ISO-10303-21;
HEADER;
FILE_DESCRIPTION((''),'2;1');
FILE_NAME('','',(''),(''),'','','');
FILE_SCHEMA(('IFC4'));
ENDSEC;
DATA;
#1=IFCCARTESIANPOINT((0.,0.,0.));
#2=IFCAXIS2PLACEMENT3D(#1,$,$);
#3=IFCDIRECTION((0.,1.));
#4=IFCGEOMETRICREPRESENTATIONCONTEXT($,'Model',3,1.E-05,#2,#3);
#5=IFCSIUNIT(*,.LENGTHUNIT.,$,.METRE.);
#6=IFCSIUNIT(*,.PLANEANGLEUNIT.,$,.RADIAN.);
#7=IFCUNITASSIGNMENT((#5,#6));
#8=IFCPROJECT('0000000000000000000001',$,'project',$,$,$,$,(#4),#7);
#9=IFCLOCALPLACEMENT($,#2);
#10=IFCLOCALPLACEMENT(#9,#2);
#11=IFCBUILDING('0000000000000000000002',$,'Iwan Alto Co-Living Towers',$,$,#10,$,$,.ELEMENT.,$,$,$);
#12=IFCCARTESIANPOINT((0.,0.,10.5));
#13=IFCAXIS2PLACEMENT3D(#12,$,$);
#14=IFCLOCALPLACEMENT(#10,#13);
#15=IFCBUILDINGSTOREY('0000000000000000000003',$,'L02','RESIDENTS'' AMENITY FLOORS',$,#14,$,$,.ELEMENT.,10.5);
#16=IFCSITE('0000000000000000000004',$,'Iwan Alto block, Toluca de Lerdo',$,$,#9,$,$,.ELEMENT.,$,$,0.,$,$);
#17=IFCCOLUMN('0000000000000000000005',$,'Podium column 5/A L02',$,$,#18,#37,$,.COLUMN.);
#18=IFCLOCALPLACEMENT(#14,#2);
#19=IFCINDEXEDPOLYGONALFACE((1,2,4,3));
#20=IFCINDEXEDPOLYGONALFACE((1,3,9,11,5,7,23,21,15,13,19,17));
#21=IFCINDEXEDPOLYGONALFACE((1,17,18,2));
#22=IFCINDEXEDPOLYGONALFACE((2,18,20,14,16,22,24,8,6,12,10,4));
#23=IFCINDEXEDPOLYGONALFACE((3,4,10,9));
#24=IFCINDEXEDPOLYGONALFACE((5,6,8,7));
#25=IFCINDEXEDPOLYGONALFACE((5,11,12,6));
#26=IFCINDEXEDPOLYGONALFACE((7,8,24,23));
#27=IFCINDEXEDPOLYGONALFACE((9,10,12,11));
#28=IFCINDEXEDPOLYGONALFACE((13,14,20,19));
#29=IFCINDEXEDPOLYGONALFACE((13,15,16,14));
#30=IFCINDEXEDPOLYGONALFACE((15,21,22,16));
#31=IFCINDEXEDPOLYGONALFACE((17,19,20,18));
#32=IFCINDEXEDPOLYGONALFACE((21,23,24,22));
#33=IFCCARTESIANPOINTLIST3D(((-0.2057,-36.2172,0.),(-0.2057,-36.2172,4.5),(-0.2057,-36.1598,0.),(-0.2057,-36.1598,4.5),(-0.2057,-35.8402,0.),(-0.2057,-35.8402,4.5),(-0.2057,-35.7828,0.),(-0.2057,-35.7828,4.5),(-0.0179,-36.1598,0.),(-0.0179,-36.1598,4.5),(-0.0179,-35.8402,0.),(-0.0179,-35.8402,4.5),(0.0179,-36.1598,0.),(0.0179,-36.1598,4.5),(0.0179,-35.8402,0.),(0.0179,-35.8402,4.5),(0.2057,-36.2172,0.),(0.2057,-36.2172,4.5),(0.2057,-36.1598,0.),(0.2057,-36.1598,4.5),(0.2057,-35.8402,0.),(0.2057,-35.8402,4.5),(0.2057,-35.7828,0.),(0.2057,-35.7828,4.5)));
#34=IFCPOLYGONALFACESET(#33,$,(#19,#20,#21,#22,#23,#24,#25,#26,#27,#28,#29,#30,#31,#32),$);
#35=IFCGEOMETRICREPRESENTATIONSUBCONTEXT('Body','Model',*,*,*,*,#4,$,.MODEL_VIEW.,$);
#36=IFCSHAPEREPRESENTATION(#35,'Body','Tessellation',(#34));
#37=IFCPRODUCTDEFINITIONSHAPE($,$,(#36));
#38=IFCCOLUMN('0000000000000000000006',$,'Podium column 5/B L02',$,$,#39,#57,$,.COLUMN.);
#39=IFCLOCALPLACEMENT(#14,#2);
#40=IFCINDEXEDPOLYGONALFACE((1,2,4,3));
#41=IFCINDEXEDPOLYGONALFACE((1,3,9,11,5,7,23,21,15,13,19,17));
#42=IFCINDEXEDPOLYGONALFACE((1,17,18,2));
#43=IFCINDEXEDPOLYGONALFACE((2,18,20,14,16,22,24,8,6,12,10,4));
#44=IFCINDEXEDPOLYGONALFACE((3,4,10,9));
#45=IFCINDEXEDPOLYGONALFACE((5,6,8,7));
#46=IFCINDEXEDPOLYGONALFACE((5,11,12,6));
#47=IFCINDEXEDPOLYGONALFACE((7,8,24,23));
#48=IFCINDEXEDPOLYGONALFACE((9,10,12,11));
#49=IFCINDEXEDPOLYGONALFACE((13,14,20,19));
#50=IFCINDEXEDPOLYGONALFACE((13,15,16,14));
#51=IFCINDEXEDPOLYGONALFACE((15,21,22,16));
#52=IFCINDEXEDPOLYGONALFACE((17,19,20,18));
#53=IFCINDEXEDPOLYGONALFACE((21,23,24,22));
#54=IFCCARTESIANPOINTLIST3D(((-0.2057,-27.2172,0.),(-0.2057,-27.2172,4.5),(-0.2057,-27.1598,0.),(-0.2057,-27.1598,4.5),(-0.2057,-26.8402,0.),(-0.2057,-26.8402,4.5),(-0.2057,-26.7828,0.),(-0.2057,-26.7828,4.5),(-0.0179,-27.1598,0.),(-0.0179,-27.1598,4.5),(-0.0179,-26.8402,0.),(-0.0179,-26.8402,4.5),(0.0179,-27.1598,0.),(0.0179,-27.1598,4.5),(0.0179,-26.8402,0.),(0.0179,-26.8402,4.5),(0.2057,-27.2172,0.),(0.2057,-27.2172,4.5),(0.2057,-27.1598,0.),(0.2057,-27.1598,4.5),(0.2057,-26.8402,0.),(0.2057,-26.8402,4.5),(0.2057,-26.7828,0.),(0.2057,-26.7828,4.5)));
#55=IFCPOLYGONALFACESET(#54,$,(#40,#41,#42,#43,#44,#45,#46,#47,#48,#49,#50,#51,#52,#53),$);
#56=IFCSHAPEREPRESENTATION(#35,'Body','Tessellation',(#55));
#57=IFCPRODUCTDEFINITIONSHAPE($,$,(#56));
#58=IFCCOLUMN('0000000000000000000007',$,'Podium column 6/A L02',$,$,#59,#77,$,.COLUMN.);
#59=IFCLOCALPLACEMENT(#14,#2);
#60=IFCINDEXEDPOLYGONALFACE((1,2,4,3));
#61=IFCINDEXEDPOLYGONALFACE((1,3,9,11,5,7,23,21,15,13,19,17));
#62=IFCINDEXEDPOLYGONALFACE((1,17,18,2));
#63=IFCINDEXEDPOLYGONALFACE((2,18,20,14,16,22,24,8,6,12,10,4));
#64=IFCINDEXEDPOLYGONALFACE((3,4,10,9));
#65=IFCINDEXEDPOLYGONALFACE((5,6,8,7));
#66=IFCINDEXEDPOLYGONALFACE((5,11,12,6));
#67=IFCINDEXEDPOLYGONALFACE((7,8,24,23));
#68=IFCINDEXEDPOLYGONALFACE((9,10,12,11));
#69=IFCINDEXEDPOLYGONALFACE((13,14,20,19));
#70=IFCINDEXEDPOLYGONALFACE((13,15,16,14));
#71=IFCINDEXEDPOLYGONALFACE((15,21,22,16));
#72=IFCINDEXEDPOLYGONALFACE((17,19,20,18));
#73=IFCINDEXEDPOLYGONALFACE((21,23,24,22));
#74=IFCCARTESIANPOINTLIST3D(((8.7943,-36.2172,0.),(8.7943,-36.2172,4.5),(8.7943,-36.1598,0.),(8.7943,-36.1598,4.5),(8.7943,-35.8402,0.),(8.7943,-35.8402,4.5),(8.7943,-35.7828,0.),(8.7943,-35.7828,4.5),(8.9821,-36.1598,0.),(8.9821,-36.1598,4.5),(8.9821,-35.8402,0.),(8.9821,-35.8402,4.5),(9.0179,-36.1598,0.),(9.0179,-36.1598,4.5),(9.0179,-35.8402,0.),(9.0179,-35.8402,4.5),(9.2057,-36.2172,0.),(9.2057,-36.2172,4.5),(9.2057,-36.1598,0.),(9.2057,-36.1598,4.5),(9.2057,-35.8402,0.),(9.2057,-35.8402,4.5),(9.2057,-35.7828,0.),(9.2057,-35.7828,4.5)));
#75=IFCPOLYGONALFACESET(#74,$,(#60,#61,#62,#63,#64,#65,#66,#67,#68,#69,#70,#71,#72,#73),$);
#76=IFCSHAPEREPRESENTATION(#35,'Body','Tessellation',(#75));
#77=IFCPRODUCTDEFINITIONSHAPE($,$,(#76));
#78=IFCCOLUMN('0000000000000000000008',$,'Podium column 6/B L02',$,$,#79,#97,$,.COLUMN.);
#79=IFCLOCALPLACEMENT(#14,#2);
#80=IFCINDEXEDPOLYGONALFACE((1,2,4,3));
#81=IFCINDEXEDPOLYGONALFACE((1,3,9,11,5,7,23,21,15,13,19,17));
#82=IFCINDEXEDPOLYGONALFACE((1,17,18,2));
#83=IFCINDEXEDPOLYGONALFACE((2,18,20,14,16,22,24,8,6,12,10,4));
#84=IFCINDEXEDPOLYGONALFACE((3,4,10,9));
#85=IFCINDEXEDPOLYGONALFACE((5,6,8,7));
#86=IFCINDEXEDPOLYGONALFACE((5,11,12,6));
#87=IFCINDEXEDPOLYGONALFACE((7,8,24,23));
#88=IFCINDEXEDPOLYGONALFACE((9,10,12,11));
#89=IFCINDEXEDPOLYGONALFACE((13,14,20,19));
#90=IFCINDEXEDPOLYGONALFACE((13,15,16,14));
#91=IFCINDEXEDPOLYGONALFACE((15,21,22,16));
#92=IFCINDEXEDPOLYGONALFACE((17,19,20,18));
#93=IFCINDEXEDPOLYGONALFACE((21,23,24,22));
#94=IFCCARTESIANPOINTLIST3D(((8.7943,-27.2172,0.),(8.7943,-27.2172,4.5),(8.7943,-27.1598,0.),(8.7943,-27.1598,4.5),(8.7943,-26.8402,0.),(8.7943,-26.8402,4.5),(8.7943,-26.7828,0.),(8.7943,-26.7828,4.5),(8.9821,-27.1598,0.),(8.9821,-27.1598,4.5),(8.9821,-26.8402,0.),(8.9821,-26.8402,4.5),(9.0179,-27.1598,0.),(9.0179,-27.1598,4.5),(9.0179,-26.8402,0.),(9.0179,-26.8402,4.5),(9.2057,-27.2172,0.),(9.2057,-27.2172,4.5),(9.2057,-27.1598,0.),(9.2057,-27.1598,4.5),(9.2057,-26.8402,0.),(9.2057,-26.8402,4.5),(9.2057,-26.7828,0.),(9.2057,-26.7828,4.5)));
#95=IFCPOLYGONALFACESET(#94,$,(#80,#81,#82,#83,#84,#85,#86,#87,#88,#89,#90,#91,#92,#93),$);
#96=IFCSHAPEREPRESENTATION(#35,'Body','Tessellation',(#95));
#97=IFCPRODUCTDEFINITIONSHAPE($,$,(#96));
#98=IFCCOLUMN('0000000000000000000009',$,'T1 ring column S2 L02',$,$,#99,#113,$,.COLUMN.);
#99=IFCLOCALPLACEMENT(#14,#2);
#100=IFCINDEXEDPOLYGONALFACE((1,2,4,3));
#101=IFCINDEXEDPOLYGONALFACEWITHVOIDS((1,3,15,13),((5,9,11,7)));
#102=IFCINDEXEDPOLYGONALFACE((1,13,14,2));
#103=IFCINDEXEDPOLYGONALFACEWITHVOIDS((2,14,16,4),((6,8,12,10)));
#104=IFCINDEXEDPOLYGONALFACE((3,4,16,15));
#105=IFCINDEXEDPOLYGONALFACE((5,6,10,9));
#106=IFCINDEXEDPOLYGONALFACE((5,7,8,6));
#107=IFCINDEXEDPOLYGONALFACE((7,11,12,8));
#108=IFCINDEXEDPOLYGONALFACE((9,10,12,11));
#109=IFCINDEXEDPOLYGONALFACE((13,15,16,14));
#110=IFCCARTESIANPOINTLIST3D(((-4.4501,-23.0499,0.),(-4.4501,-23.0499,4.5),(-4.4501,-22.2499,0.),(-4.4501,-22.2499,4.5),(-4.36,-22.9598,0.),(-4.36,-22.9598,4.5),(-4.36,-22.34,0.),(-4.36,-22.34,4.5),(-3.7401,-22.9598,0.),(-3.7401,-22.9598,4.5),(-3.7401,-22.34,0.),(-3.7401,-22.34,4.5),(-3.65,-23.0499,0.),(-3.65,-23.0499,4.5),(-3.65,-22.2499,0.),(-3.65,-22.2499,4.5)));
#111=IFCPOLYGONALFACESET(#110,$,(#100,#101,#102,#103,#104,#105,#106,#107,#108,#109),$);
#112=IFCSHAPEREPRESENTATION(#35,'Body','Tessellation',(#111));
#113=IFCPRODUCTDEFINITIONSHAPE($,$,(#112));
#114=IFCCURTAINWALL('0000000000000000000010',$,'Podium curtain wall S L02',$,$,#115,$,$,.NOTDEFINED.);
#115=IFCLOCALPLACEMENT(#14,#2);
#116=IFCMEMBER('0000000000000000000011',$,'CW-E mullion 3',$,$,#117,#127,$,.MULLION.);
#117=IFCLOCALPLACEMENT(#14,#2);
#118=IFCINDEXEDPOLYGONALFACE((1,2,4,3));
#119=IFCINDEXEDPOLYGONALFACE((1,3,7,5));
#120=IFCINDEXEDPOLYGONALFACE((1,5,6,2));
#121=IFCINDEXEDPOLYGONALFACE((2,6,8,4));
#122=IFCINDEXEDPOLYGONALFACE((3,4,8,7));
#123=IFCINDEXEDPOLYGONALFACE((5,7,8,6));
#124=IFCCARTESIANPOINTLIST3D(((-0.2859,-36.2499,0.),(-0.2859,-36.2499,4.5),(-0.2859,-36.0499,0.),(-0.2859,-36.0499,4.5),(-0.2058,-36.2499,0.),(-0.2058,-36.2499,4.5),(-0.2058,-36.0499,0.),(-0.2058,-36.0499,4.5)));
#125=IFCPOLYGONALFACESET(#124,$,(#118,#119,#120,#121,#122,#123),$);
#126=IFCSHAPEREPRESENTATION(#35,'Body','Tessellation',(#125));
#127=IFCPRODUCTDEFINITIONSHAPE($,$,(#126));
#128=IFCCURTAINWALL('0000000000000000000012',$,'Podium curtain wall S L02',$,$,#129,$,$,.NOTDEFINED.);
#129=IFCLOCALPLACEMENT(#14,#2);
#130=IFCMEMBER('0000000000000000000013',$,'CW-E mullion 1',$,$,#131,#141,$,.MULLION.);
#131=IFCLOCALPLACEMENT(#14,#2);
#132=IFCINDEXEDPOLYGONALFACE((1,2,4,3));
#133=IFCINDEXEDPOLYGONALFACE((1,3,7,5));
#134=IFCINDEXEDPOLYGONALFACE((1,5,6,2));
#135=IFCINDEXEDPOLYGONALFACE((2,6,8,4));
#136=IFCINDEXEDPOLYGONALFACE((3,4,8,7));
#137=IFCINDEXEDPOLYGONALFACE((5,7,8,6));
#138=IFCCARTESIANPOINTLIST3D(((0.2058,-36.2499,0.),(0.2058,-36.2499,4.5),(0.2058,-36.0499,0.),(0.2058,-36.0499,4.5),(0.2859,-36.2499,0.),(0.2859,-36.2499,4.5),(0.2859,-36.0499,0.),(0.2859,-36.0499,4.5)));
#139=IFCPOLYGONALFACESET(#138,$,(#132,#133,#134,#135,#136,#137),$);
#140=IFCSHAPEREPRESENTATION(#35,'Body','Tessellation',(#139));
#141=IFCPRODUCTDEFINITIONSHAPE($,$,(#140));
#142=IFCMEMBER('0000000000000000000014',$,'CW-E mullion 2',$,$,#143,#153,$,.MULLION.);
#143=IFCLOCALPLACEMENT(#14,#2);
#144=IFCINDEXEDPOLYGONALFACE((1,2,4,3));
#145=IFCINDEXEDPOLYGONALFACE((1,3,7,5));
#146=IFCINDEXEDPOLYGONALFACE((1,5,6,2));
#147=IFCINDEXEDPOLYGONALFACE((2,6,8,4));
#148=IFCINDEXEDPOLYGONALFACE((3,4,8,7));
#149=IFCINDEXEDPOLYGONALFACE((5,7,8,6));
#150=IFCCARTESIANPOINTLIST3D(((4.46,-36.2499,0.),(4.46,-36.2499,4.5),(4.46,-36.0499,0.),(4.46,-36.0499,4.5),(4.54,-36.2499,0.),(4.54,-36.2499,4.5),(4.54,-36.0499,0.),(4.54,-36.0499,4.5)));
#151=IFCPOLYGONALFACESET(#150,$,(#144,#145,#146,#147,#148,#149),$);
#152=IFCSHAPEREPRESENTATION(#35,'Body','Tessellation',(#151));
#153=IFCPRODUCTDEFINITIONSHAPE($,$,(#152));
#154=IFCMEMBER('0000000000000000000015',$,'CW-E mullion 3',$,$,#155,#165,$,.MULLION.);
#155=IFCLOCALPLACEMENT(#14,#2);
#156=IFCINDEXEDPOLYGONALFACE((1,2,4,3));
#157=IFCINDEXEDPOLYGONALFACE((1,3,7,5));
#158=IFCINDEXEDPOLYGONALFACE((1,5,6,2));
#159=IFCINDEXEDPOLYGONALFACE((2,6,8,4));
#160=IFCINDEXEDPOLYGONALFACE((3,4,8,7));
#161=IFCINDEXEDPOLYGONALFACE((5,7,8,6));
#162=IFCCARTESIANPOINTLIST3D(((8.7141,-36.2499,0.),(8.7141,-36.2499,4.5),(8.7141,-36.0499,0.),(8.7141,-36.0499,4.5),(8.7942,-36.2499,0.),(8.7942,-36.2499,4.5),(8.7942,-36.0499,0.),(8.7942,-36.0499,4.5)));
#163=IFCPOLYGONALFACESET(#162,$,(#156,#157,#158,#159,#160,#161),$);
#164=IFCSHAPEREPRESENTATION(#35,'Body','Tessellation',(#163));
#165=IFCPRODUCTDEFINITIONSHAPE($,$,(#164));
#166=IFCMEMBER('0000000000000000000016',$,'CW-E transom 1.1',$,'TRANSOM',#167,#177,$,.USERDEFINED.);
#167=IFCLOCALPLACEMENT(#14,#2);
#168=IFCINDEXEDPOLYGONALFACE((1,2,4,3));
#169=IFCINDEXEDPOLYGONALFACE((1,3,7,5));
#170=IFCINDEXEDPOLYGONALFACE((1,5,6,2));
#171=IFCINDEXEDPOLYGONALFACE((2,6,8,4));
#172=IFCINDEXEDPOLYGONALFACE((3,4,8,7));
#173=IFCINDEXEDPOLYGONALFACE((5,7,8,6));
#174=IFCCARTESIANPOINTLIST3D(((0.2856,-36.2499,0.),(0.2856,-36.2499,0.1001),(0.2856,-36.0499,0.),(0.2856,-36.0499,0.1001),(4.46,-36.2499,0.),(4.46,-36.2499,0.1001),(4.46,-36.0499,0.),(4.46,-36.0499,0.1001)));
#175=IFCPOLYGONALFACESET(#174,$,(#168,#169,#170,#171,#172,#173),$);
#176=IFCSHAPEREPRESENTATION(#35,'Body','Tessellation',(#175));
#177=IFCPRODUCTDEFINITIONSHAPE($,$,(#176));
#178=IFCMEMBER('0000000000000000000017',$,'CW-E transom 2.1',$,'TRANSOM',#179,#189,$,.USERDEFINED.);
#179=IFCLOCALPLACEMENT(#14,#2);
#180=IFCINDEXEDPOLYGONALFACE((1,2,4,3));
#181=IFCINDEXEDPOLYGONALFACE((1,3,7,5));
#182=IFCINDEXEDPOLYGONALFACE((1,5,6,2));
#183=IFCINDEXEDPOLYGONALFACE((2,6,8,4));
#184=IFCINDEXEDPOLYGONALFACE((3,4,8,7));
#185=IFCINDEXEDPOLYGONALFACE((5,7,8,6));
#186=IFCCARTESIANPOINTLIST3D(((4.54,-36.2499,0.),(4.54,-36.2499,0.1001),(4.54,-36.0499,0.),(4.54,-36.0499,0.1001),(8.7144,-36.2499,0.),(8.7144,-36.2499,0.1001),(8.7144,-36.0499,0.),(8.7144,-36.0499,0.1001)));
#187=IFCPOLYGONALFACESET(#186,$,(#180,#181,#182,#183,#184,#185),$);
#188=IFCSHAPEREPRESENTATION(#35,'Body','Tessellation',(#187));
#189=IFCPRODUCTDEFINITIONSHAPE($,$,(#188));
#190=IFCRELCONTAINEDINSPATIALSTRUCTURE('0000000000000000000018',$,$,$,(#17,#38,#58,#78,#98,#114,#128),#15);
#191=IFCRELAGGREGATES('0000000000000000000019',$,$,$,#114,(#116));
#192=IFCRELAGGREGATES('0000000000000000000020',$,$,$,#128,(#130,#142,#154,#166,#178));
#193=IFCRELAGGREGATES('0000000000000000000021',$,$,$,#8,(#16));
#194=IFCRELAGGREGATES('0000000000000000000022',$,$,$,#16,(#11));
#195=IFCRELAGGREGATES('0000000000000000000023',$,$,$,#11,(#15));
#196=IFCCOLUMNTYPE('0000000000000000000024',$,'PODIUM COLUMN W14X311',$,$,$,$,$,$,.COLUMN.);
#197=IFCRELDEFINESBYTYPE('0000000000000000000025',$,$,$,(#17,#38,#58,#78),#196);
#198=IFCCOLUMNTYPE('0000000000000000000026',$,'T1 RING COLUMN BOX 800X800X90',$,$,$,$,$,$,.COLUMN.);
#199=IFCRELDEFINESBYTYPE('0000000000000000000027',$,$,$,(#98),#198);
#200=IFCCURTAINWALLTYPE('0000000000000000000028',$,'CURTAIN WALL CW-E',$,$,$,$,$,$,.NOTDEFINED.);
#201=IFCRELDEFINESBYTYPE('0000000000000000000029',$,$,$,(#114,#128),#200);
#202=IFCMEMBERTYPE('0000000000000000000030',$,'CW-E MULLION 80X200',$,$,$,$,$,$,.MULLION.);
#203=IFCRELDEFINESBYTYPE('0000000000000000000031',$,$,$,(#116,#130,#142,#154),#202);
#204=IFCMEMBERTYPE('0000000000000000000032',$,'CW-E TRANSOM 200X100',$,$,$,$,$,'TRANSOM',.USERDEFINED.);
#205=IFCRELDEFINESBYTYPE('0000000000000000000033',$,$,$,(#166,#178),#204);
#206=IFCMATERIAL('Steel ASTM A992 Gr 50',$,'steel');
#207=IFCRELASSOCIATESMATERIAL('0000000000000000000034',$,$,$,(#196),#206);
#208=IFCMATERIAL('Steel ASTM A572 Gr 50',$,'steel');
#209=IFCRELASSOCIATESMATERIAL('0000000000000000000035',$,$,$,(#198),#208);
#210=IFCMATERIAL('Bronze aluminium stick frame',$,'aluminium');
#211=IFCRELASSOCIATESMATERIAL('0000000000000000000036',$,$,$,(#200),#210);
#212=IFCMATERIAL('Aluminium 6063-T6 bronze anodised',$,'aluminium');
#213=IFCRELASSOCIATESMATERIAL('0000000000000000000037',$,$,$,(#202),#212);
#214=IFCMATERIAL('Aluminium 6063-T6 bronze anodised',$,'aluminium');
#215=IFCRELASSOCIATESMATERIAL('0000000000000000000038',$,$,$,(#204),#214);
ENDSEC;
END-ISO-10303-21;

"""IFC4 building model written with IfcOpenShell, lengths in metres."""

from ifc_helpers import new_model, si_unit, direction, frame, origin, origin_2d, place, context, subcontext, project, spatial, rectangle, hollow_rectangle, i_section, extrude, material, material_profile, profile_set, type_object, element, aggregate, save


model = new_model("IFC4")

# Units and contexts
model_context = context("Model", 3, precision=1e-05, world=origin(), true_north=direction((0.0, 1.0)))
body_context = subcontext(model_context, "Body", "Model", "MODEL_VIEW")
ifc_project = project(units=[si_unit("LENGTHUNIT", "METRE"), si_unit("PLANEANGLEUNIT", "RADIAN")], contexts=[model_context])

# Site, building, storey
site_placement = place(None, origin())
site = spatial("IfcSite", under=ifc_project, at=site_placement, Name="Iwan Alto block, Toluca de Lerdo", CompositionType="ELEMENT", RefElevation=0.0)
building_placement = place(site_placement, origin())
building = spatial("IfcBuilding", under=site, at=building_placement, Name="Iwan Alto Co-Living Towers", CompositionType="ELEMENT")
storey_placement = place(building_placement, frame((0.0, 0.0, 10.5)))
storey = spatial("IfcBuildingStorey", under=building, at=storey_placement, Name="L02", Description="RESIDENTS' AMENITY FLOORS", CompositionType="ELEMENT", Elevation=10.5)

# Columns
ifc_material_1 = material(Name="Steel ASTM A992 Gr 50", Category="steel")
ifc_material_profile_1 = material_profile(ifc_material_1, i_section(OverallWidth=0.4114, OverallDepth=0.4343, WebThickness=0.0359, FlangeThickness=0.0574, at=origin_2d()), Name="W14X311")
ifc_profile_set_1 = profile_set([ifc_material_profile_1], Name="Steel ASTM A992 Gr 50")
column_type_1 = type_object("IfcColumnType", Name="PODIUM COLUMN W14X311", PredefinedType="COLUMN", material=ifc_profile_set_1)
for number, where, z_axis, x_axis, name in (
    (1, (0.0, -36.0, 0.0), (0.0, 0.0, 1.0), (1.0, 0.0, 0.0), "Podium column 5/A L02"),
    (2, (0.0, -27.0, 0.0), (0.0, 0.0, 1.0), (1.0, 0.0, 0.0), "Podium column 5/B L02"),
    (3, (9.0, -36.0, 0.0), (0.0, 0.0, 1.0), (1.0, 0.0, 0.0), "Podium column 6/A L02"),
    (4, (9.0, -27.0, 0.0), (0.0, 0.0, 1.0), (1.0, 0.0, 0.0), "Podium column 6/B L02"),
):
    element("IfcColumn", number, at=place(storey_placement, frame(where, z_axis=z_axis, x_axis=x_axis)), inside=storey, type_object=column_type_1, Name=name, PredefinedType="COLUMN", context=body_context, shape_type="SweptSolid", body=[
        extrude(i_section(OverallWidth=0.4114, OverallDepth=0.4343, WebThickness=0.0359, FlangeThickness=0.0574, at=origin_2d()), origin(), (0.0, 0.0, 1.0), 4.5),
    ])
ifc_material_2 = material(Name="Steel ASTM A572 Gr 50", Category="steel")
ifc_material_profile_2 = material_profile(ifc_material_2, hollow_rectangle(XDim=0.8, YDim=0.8, WallThickness=0.0901, at=origin_2d()), Name="BOX 800X800X90")
ifc_profile_set_2 = profile_set([ifc_material_profile_2], Name="Steel ASTM A572 Gr 50")
column_type_2 = type_object("IfcColumnType", Name="T1 RING COLUMN BOX 800X800X90", PredefinedType="COLUMN", material=ifc_profile_set_2)
column_placement = place(storey_placement, frame((-4.05, -22.6499, 0.0), z_axis=(0.0, 0.0, 1.0), x_axis=(1.0, 0.0, 0.0)))
element("IfcColumn", 5, at=column_placement, inside=storey, type_object=column_type_2, Name="T1 ring column S2 L02", PredefinedType="COLUMN", context=body_context, shape_type="SweptSolid", body=[
    extrude(hollow_rectangle(XDim=0.8, YDim=0.8, WallThickness=0.0901, at=origin_2d()), origin(), (0.0, 0.0, 1.0), 4.5),
])

# Curtain wall, member
ifc_material_3 = material(Name="Bronze aluminium stick frame", Category="aluminium")
curtain_wall_type = type_object("IfcCurtainWallType", Name="CURTAIN WALL CW-E", PredefinedType="NOTDEFINED", material=ifc_material_3)
curtain_wall_1_placement = place(storey_placement, origin())
curtain_wall_1 = element("IfcCurtainWall", 6, at=curtain_wall_1_placement, inside=storey, type_object=curtain_wall_type, Name="Podium curtain wall S L02", PredefinedType="NOTDEFINED")
ifc_material_4 = material(Name="Aluminium 6063-T6 bronze anodised", Category="aluminium")
ifc_material_profile_3 = material_profile(ifc_material_4, rectangle(XDim=0.2, YDim=0.0801, at=origin_2d()), Name="AL 80X200")
ifc_profile_set_3 = profile_set([ifc_material_profile_3], Name="Aluminium 6063-T6 bronze anodised")
member_type_1 = type_object("IfcMemberType", Name="CW-E MULLION 80X200", PredefinedType="MULLION", material=ifc_profile_set_3)
member_1_placement = place(storey_placement, frame((-0.2458, -36.1499, 0.0), z_axis=(0.0, 0.0, 1.0), x_axis=(0.0, 1.0, 0.0)))
member_1 = element("IfcMember", 7, at=member_1_placement, type_object=member_type_1, Name="CW-E mullion 3", PredefinedType="MULLION", context=body_context, shape_type="SweptSolid", body=[
    extrude(rectangle(XDim=0.2, YDim=0.0801, at=origin_2d()), origin(), (0.0, 0.0, 1.0), 4.5),
])

# Curtain wall, members
curtain_wall_2_placement = place(storey_placement, origin())
curtain_wall_2 = element("IfcCurtainWall", 8, at=curtain_wall_2_placement, inside=storey, type_object=curtain_wall_type, Name="Podium curtain wall S L02", PredefinedType="NOTDEFINED")
member_2_placement = place(storey_placement, frame((0.2458, -36.1499, 0.0), z_axis=(0.0, 0.0, 1.0), x_axis=(0.0, 1.0, 0.0)))
member_2 = element("IfcMember", 9, at=member_2_placement, type_object=member_type_1, Name="CW-E mullion 1", PredefinedType="MULLION", context=body_context, shape_type="SweptSolid", body=[
    extrude(rectangle(XDim=0.2, YDim=0.0801, at=origin_2d()), origin(), (0.0, 0.0, 1.0), 4.5),
])
member_3_placement = place(storey_placement, frame((4.5, -36.1499, 0.0), z_axis=(0.0, 0.0, 1.0), x_axis=(0.0, 1.0, 0.0)))
member_3 = element("IfcMember", 10, at=member_3_placement, type_object=member_type_1, Name="CW-E mullion 2", PredefinedType="MULLION", context=body_context, shape_type="SweptSolid", body=[
    extrude(rectangle(XDim=0.2, YDim=0.0801, at=origin_2d()), origin(), (0.0, 0.0, 1.0), 4.5),
])
member_4_placement = place(storey_placement, frame((8.7542, -36.1499, 0.0), z_axis=(0.0, 0.0, 1.0), x_axis=(0.0, 1.0, 0.0)))
member_4 = element("IfcMember", 11, at=member_4_placement, type_object=member_type_1, Name="CW-E mullion 3", PredefinedType="MULLION", context=body_context, shape_type="SweptSolid", body=[
    extrude(rectangle(XDim=0.2, YDim=0.0801, at=origin_2d()), origin(), (0.0, 0.0, 1.0), 4.5),
])
ifc_material_5 = material(Name="Aluminium 6063-T6 bronze anodised", Category="aluminium")
ifc_material_profile_4 = material_profile(ifc_material_5, rectangle(XDim=0.2, YDim=0.1001, at=origin_2d()), Name="AL 200X100")
ifc_profile_set_4 = profile_set([ifc_material_profile_4], Name="Aluminium 6063-T6 bronze anodised")
member_type_2 = type_object("IfcMemberType", Name="CW-E TRANSOM 200X100", ElementType="TRANSOM", PredefinedType="USERDEFINED", material=ifc_profile_set_4)
member_5_placement = place(storey_placement, frame((0.2856, -36.1499, 0.05), z_axis=(1.0, 0.0, 0.0), x_axis=(0.0, 1.0, 0.0)))
member_5 = element("IfcMember", 12, at=member_5_placement, type_object=member_type_2, Name="CW-E transom 1.1", ObjectType="TRANSOM", PredefinedType="USERDEFINED", context=body_context, shape_type="SweptSolid", body=[
    extrude(rectangle(XDim=0.2, YDim=0.1001, at=origin_2d()), origin(), (0.0, 0.0, 1.0), 4.1743),
])
member_6_placement = place(storey_placement, frame((4.54, -36.1499, 0.05), z_axis=(1.0, 0.0, 0.0), x_axis=(0.0, 1.0, 0.0)))
member_6 = element("IfcMember", 13, at=member_6_placement, type_object=member_type_2, Name="CW-E transom 2.1", ObjectType="TRANSOM", PredefinedType="USERDEFINED", context=body_context, shape_type="SweptSolid", body=[
    extrude(rectangle(XDim=0.2, YDim=0.1001, at=origin_2d()), origin(), (0.0, 0.0, 1.0), 4.1743),
])

aggregate(curtain_wall_1, [member_1])
aggregate(curtain_wall_2, [member_2, member_3, member_4, member_5, member_6])

save(model, "model.ifc")
